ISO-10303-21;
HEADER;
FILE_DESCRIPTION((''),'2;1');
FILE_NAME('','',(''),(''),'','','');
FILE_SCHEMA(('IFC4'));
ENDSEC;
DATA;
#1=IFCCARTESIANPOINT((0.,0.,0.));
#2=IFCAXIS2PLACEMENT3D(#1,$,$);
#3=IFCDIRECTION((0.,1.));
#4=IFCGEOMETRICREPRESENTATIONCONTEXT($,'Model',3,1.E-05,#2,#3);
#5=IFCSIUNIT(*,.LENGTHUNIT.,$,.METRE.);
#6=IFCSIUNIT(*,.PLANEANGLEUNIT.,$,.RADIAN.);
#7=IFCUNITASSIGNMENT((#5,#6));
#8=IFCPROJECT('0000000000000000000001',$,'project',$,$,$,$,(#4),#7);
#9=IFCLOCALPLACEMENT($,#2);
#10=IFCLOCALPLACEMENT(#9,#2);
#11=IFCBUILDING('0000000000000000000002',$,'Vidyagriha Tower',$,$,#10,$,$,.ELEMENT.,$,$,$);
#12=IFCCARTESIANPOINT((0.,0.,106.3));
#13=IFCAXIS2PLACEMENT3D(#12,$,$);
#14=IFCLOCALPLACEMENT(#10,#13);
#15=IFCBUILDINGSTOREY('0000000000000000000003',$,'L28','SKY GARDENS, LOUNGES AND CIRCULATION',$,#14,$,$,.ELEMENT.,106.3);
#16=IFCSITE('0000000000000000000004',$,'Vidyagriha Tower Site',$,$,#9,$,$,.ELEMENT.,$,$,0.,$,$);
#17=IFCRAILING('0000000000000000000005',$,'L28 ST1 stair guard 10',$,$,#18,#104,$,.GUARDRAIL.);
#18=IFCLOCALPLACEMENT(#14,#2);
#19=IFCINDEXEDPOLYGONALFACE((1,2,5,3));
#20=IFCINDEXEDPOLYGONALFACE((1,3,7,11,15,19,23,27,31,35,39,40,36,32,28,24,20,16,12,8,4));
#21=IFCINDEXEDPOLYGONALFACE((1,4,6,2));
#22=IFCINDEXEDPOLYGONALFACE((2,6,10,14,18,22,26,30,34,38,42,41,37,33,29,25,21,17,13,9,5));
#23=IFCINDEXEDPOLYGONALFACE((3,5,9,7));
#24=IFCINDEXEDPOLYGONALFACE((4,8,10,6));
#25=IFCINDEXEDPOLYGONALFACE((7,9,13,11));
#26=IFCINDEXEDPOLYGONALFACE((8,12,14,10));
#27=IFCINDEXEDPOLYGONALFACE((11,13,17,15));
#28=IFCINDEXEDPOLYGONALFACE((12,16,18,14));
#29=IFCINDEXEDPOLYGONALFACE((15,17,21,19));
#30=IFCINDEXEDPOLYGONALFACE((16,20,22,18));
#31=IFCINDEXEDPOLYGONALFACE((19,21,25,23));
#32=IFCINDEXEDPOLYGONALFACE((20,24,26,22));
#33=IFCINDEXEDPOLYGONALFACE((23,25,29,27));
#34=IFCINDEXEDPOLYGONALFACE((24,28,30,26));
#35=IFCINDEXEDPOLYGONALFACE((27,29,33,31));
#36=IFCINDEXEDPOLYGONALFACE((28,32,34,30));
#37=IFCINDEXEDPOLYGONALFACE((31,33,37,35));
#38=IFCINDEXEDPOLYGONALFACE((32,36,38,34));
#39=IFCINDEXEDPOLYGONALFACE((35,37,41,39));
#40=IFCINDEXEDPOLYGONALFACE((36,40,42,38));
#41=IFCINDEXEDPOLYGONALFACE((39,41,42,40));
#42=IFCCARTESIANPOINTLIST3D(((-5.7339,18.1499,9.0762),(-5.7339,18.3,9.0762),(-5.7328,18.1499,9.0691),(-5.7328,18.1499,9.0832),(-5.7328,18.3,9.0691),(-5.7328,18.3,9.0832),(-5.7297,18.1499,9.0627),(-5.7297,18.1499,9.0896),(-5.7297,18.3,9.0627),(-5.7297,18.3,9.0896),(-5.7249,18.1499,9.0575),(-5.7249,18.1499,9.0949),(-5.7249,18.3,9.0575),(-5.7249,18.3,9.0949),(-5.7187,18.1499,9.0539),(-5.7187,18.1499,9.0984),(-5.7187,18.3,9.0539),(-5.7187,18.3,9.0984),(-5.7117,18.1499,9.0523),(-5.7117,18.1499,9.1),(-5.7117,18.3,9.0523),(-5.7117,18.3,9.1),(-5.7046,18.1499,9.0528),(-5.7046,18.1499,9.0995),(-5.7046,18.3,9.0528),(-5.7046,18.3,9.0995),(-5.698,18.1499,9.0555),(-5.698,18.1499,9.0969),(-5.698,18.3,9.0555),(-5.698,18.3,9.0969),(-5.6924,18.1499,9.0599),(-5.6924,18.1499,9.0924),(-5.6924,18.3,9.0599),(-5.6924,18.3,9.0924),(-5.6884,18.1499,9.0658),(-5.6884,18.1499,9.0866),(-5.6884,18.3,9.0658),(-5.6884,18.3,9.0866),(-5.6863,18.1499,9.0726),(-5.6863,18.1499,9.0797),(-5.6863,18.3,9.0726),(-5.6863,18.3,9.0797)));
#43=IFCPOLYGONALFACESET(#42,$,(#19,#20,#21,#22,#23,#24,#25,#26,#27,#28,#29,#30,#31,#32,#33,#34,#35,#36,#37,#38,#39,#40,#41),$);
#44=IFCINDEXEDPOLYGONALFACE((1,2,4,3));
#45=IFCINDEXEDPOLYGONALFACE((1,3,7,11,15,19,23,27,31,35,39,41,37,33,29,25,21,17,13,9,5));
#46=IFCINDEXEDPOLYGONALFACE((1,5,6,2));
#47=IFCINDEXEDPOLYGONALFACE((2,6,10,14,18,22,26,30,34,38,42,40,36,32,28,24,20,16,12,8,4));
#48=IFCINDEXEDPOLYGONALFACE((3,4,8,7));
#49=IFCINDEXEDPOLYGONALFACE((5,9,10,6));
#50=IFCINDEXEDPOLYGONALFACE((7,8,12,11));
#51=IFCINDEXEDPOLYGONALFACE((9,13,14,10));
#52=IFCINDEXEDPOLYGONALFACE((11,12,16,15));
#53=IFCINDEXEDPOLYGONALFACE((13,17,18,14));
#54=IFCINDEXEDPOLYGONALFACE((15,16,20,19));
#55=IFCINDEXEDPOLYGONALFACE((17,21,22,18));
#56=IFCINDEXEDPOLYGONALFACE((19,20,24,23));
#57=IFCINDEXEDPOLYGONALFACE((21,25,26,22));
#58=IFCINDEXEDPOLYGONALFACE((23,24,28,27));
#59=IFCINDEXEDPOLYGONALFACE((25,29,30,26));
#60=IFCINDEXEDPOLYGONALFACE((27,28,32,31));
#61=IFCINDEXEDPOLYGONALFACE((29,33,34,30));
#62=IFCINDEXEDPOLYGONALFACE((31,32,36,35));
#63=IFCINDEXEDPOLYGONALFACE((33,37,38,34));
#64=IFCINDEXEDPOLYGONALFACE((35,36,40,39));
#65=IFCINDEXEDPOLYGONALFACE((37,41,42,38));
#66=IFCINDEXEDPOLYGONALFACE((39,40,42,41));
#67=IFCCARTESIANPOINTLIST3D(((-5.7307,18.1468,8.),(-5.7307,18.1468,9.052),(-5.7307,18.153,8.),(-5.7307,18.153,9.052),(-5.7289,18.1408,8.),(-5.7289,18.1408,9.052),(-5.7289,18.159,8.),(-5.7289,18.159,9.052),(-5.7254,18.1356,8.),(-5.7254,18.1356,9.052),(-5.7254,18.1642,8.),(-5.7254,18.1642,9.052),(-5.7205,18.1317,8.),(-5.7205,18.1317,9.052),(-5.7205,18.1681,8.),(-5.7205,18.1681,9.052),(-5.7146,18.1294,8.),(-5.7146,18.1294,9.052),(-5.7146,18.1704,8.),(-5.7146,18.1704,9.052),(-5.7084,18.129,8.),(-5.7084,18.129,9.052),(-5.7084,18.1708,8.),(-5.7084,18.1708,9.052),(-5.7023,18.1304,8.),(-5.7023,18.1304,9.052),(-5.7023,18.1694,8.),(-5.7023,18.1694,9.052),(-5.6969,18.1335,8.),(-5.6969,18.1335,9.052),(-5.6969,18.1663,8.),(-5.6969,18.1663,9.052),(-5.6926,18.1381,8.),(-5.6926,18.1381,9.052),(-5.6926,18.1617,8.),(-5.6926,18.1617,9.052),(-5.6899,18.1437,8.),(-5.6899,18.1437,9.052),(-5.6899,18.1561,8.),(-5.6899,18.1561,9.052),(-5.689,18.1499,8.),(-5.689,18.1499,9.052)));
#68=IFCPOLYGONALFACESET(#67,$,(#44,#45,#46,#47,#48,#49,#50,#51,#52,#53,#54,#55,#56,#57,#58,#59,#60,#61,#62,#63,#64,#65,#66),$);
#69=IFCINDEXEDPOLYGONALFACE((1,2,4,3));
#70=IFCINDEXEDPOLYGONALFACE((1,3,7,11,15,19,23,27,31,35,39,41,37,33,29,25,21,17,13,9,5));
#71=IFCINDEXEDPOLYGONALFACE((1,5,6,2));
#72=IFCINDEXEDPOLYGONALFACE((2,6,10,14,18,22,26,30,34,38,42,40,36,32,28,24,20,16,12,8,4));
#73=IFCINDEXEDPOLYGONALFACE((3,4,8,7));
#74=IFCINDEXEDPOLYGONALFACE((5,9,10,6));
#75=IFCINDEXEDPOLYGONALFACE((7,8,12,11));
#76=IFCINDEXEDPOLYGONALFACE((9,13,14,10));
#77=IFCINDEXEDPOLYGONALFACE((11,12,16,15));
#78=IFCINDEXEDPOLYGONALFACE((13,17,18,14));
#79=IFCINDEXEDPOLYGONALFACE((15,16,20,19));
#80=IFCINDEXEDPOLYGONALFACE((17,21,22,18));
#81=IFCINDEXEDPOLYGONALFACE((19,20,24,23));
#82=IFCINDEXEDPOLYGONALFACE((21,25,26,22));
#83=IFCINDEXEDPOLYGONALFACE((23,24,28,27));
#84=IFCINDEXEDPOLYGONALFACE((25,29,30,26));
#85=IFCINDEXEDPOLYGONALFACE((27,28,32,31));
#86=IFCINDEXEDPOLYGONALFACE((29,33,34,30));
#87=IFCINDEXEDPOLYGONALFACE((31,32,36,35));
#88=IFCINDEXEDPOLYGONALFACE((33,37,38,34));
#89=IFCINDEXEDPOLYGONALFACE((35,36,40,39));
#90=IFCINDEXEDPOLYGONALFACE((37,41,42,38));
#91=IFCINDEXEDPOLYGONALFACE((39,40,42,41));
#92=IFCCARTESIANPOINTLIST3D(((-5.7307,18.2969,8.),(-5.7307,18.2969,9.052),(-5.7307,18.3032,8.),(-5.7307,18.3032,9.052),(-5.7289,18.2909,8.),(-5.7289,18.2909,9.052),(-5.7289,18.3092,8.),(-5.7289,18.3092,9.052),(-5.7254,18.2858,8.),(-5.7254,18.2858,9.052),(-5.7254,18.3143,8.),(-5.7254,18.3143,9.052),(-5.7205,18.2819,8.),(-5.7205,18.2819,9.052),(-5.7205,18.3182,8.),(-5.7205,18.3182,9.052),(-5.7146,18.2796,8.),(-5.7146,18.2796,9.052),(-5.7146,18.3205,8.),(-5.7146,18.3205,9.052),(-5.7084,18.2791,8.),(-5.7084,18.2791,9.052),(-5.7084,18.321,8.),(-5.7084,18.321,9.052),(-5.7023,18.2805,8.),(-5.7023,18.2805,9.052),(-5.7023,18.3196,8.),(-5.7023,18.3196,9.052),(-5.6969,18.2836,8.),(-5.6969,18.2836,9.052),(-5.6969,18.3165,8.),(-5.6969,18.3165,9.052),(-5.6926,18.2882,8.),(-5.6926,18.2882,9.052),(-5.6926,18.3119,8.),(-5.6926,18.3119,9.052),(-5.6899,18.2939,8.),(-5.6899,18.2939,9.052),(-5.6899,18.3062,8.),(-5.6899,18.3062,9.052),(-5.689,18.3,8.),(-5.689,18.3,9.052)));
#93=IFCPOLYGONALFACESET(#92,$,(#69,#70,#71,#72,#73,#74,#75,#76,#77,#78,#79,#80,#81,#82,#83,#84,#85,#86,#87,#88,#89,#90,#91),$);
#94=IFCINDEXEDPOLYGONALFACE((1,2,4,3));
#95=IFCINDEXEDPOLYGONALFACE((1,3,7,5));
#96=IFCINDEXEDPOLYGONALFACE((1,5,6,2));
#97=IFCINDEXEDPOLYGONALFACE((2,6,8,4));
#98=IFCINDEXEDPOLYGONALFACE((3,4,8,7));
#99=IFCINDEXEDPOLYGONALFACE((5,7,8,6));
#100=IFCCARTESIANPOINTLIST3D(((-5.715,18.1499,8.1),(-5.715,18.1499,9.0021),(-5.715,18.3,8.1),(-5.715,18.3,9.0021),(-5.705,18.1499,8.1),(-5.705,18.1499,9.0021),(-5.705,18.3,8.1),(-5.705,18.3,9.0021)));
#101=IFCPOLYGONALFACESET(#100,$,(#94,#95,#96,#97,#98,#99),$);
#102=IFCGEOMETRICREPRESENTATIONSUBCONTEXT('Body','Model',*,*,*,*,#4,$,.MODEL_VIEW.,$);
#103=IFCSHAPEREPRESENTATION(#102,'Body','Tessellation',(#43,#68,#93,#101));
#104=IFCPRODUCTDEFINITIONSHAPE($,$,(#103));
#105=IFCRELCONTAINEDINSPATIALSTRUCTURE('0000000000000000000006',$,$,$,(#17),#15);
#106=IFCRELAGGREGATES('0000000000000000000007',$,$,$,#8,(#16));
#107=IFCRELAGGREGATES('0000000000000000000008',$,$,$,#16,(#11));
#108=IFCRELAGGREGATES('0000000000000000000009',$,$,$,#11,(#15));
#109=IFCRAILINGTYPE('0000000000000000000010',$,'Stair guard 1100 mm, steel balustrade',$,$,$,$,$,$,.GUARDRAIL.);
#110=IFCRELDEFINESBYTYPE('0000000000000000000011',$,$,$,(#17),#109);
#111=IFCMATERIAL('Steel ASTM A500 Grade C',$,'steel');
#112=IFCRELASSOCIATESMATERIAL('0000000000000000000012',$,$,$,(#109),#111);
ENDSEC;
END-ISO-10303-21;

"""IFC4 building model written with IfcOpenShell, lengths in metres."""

from ifc_helpers import new_model, si_unit, direction, frame, origin, origin_2d, place, context, subcontext, project, spatial, rectangle, circle, extrude, material, type_object, element, save


model = new_model("IFC4")

# Units and contexts
model_context = context("Model", 3, precision=1e-05, world=origin(), true_north=direction((0.0, 1.0)))
body_context = subcontext(model_context, "Body", "Model", "MODEL_VIEW")
ifc_project = project(units=[si_unit("LENGTHUNIT", "METRE"), si_unit("PLANEANGLEUNIT", "RADIAN")], contexts=[model_context])

# Site, building, storey
site_placement = place(None, origin())
site = spatial("IfcSite", under=ifc_project, at=site_placement, Name="Vidyagriha Tower Site", CompositionType="ELEMENT", RefElevation=0.0)
building_placement = place(site_placement, origin())
building = spatial("IfcBuilding", under=site, at=building_placement, Name="Vidyagriha Tower", CompositionType="ELEMENT")
storey_placement = place(building_placement, frame((0.0, 0.0, 106.3)))
storey = spatial("IfcBuildingStorey", under=building, at=storey_placement, Name="L28", Description="SKY GARDENS, LOUNGES AND CIRCULATION", CompositionType="ELEMENT", Elevation=106.3)

# Railing
ifc_material_1 = material(Name="Steel ASTM A500 Grade C", Category="steel")
railing_type_1 = type_object("IfcRailingType", Name="Stair guard 1100 mm, steel balustrade", PredefinedType="GUARDRAIL", material=ifc_material_1)
railing_1_placement = place(storey_placement, frame((-5.71, 18.1499, 8.0)))
element("IfcRailing", 1, at=railing_1_placement, inside=storey, type_object=railing_type_1, Name="L28 ST1 stair guard 10", PredefinedType="GUARDRAIL", context=body_context, shape_type="SweptSolid", body=[
    extrude(circle(Radius=0.0239, at=origin_2d()), frame((0.0, 0.0, 1.0762), z_axis=(0.0, 1.0, 0.0), x_axis=(-1.0, 0.0, 0.0)), (0.0, 0.0, 1.0), 0.1501),
    extrude(circle(Radius=0.021, at=origin_2d()), origin(), (0.0, 0.0, 1.0), 1.052),
    extrude(circle(Radius=0.021, at=origin_2d()), frame((0.0, 0.1501, 0.0)), (0.0, 0.0, 1.0), 1.052),
    extrude(rectangle(XDim=0.01, YDim=0.9021, at=origin_2d()), frame((0.0, 0.0, 0.551), z_axis=(0.0, 1.0, 0.0), x_axis=(-1.0, 0.0, 0.0)), (0.0, 0.0, 1.0), 0.1501),
])

save(model, "model.ifc")
